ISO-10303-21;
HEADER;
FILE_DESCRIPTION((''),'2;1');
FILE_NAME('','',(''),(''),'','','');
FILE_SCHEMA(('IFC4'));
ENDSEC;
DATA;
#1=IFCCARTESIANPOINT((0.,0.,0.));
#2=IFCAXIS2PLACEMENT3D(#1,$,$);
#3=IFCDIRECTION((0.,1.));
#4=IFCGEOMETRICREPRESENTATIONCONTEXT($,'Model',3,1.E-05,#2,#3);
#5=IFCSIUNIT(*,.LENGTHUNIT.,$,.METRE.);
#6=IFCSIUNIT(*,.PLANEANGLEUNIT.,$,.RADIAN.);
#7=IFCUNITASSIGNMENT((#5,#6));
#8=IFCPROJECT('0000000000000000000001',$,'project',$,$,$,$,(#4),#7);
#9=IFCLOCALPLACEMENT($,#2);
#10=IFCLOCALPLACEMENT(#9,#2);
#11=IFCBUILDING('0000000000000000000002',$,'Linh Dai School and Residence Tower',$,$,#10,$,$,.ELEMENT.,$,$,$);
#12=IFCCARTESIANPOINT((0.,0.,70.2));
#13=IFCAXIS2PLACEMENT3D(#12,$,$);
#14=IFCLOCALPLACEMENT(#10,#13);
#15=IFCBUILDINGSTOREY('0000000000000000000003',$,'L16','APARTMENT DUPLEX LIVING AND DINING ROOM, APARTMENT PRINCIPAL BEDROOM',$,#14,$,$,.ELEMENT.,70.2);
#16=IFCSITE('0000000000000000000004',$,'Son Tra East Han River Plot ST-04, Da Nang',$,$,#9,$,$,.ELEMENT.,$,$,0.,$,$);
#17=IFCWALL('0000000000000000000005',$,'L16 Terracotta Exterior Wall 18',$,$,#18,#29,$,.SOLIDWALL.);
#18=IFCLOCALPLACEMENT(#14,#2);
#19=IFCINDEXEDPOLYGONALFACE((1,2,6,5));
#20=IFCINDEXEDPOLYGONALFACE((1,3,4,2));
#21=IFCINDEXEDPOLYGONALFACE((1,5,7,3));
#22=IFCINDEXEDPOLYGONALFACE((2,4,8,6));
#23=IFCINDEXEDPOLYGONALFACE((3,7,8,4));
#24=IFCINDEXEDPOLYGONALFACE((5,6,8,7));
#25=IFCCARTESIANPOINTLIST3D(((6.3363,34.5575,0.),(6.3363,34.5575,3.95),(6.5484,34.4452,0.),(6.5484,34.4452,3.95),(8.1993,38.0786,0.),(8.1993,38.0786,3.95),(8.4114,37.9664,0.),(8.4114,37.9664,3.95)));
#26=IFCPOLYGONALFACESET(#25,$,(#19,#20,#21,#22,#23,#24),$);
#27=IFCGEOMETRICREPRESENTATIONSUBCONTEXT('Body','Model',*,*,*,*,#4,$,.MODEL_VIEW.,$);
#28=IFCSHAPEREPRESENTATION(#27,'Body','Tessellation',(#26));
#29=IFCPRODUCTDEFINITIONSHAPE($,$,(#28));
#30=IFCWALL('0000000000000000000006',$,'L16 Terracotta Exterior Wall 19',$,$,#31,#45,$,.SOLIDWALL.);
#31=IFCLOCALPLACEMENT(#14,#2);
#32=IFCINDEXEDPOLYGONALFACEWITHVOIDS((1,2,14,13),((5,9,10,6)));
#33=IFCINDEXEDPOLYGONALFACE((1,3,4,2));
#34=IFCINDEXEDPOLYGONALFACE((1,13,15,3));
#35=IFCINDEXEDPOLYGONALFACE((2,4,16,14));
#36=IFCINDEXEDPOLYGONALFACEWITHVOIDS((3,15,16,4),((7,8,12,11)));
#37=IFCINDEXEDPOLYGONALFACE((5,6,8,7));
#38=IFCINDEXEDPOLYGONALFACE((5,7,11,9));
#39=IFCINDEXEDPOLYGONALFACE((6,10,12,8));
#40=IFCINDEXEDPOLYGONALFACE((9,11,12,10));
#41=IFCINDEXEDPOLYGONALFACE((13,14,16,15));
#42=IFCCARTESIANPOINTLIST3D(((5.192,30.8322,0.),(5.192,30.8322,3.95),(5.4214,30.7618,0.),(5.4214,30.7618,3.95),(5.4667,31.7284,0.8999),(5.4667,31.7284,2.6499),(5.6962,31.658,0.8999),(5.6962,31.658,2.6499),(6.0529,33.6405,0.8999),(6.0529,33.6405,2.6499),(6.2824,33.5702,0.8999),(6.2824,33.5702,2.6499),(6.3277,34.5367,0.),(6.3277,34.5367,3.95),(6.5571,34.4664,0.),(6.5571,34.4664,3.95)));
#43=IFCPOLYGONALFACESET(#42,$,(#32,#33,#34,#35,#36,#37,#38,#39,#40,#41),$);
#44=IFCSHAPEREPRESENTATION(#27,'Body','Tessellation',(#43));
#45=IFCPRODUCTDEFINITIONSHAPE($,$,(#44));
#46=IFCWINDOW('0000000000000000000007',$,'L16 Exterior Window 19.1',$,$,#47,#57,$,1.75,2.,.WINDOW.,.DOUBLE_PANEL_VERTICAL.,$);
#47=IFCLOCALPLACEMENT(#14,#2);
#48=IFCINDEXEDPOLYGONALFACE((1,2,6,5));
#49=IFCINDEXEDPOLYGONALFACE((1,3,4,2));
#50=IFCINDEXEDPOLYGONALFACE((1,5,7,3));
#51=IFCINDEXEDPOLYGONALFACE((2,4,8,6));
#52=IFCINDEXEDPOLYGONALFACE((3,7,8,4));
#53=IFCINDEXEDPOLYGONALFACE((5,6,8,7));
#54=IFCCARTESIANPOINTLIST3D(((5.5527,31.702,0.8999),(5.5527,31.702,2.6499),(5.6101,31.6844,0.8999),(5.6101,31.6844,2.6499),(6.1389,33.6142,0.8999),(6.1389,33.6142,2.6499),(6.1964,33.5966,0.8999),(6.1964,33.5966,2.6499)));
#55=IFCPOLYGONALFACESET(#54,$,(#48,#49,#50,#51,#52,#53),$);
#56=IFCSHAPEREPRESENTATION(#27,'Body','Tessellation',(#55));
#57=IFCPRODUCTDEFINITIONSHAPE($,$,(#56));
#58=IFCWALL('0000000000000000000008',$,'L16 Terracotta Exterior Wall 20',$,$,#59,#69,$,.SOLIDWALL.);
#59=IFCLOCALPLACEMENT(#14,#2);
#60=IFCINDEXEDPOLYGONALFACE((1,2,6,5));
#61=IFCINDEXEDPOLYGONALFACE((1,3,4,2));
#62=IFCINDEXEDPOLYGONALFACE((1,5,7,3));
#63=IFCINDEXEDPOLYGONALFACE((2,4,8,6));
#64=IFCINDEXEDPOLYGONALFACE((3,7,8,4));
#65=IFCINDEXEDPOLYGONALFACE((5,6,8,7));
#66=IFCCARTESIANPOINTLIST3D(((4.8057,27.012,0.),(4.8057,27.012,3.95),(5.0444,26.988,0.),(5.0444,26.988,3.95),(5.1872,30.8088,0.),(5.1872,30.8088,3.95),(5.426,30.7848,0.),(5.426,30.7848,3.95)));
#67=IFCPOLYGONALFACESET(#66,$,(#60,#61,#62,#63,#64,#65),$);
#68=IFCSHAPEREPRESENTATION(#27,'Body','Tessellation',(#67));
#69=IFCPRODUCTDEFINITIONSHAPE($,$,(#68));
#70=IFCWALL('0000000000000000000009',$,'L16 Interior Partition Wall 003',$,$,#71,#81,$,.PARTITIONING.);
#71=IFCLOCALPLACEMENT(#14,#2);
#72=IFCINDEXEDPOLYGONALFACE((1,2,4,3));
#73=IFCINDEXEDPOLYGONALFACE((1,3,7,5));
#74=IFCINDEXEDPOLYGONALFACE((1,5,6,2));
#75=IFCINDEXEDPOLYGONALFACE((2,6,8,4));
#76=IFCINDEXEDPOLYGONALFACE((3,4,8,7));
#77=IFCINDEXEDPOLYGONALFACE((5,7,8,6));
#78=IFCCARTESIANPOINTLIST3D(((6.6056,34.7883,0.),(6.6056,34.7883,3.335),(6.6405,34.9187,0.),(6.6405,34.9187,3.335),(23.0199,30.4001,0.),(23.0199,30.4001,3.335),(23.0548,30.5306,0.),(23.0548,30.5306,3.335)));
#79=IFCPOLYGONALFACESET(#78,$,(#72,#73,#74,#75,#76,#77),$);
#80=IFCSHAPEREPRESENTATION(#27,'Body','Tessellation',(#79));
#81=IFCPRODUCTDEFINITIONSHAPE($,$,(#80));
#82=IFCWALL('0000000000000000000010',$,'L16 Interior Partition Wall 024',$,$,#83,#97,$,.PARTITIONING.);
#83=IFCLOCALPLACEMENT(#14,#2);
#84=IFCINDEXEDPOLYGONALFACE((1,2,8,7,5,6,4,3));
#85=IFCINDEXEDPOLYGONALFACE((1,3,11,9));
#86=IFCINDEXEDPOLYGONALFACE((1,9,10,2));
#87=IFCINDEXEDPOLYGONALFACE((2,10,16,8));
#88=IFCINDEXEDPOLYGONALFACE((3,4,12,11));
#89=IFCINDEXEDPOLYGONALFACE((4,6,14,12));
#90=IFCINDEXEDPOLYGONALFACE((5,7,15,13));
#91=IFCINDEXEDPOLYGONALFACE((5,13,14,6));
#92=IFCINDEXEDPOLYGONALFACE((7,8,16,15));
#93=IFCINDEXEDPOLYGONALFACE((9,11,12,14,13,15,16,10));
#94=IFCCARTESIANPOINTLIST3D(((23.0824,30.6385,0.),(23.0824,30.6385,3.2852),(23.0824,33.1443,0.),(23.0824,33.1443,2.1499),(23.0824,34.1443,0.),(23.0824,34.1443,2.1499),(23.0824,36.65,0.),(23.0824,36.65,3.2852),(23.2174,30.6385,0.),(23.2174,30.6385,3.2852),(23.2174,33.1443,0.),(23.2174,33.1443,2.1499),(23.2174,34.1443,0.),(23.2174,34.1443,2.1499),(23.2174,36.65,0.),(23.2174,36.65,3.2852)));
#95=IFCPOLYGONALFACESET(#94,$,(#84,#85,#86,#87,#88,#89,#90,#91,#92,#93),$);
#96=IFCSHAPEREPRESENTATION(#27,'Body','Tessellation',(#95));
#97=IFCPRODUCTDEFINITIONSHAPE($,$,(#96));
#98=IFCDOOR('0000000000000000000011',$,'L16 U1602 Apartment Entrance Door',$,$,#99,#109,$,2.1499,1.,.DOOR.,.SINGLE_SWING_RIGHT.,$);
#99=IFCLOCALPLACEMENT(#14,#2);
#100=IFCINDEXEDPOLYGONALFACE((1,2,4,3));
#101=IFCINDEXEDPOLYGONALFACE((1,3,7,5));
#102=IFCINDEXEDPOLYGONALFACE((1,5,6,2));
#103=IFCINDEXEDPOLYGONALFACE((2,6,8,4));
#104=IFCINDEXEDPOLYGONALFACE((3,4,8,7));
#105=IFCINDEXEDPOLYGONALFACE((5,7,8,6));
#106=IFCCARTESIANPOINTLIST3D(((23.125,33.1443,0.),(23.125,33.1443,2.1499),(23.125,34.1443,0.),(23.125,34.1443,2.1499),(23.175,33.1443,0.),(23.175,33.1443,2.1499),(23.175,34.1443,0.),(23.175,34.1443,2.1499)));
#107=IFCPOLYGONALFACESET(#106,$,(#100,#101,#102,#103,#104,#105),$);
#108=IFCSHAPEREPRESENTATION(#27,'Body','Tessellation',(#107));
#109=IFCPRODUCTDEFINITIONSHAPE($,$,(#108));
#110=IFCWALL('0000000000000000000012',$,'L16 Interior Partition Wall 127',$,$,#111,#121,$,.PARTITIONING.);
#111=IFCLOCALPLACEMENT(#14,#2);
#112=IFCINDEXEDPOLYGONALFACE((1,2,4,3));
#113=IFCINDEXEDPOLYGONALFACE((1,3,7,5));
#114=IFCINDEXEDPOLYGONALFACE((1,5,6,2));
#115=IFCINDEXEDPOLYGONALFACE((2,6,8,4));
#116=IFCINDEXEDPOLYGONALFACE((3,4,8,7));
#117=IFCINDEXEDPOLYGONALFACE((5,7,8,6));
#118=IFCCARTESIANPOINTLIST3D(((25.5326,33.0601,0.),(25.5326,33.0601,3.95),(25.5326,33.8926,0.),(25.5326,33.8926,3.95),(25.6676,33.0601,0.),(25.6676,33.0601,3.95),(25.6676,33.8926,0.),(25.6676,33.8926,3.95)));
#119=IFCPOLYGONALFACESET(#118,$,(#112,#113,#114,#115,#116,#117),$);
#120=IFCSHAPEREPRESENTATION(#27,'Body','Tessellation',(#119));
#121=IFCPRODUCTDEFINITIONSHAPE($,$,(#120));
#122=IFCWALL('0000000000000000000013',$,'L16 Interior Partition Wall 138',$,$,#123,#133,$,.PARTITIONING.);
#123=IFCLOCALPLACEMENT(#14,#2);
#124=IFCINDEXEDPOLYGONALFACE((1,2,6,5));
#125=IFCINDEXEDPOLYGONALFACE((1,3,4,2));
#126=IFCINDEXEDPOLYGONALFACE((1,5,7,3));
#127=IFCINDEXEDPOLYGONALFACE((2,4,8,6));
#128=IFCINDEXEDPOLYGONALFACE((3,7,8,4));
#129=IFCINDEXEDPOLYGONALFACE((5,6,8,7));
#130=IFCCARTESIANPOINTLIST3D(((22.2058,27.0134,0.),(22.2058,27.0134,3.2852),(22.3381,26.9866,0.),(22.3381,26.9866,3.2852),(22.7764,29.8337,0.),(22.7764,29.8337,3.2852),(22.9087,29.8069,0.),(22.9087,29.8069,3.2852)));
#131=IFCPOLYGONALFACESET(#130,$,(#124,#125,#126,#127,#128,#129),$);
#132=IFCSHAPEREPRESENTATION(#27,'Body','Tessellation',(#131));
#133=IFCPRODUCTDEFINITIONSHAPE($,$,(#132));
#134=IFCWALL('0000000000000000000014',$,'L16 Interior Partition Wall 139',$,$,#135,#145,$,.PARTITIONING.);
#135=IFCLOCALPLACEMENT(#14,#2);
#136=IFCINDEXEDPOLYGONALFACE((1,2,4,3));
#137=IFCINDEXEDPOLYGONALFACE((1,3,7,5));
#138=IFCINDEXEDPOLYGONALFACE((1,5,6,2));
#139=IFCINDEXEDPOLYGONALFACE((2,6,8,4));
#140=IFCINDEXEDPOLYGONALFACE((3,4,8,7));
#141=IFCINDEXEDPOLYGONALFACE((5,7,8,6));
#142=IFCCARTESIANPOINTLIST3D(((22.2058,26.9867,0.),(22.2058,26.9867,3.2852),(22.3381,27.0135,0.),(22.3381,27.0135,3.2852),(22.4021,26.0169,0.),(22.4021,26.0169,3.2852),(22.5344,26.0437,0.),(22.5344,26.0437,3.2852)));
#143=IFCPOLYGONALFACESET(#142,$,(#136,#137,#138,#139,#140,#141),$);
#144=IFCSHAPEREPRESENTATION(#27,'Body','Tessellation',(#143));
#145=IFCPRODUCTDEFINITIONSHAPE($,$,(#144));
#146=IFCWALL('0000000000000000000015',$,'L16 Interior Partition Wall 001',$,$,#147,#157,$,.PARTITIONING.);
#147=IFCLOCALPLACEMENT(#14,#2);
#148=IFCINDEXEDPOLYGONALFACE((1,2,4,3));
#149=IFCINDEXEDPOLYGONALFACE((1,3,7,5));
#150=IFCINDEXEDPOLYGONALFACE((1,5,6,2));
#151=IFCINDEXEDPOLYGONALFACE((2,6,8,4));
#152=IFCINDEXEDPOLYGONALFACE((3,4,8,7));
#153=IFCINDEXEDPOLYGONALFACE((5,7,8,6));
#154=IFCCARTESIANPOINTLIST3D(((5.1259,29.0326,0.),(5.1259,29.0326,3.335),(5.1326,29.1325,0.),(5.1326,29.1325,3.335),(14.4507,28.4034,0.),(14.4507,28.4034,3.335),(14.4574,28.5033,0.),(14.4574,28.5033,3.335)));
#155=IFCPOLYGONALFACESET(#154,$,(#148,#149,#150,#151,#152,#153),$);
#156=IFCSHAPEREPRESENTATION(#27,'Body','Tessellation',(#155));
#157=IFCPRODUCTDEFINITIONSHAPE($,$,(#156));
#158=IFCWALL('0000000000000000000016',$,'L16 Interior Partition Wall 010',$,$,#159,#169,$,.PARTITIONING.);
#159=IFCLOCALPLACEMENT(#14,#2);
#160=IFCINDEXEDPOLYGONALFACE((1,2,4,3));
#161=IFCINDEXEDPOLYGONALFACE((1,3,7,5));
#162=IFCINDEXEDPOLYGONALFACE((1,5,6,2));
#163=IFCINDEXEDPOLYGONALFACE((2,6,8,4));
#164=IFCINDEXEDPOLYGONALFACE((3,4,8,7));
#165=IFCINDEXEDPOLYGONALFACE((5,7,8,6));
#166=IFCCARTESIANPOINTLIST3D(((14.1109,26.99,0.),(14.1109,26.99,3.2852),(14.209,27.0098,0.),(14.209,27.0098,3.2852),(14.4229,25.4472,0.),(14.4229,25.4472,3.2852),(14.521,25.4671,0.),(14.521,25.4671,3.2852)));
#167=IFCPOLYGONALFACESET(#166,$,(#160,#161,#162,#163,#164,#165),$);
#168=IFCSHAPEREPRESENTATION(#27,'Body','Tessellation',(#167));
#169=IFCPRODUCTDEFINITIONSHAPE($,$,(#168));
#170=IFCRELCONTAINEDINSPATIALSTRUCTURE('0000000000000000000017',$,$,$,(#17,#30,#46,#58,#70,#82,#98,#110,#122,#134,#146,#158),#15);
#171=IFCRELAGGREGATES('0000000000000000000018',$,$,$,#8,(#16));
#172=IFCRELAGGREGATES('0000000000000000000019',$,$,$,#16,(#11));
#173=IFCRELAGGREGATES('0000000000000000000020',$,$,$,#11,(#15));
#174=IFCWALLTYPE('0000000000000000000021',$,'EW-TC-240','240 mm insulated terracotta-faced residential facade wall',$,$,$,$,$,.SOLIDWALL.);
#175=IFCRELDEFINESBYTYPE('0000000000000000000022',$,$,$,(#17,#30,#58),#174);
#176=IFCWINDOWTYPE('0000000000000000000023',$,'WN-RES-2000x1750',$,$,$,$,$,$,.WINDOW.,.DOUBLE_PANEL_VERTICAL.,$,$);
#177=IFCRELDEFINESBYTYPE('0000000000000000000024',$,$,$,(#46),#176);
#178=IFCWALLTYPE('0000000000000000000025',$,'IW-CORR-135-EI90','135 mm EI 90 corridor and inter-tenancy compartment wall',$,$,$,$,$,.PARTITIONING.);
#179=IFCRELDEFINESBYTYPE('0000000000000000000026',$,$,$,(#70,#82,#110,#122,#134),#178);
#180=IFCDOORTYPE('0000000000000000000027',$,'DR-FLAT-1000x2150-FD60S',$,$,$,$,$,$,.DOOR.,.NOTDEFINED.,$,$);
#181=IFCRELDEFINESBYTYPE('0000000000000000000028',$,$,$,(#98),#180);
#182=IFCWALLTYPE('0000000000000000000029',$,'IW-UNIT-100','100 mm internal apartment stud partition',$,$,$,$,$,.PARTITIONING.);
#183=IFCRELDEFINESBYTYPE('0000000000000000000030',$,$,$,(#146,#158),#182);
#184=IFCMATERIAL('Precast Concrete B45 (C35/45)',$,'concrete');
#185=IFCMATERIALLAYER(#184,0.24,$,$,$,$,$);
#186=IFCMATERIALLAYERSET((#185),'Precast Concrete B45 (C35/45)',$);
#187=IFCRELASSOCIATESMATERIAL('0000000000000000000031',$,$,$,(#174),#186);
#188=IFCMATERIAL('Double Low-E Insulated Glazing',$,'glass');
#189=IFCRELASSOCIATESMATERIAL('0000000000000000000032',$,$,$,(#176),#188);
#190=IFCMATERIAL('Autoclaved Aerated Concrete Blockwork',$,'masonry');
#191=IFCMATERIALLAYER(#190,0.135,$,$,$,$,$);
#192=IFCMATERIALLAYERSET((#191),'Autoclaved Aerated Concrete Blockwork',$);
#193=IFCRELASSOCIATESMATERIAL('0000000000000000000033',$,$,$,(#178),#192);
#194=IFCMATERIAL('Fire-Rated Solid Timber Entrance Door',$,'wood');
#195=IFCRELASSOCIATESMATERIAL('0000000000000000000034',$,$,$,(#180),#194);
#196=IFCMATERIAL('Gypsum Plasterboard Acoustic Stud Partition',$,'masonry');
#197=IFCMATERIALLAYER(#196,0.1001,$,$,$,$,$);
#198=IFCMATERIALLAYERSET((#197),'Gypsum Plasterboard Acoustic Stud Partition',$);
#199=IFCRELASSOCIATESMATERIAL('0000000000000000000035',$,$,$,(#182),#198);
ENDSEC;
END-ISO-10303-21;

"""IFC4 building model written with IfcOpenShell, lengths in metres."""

from ifc_helpers import new_model, si_unit, direction, frame, frame_2d, origin, origin_2d, place, context, subcontext, project, spatial, rectangle, extrude, source, transform, mapped, material, layer, layer_set, type_object, element, fill, save


model = new_model("IFC4")

# Units and contexts
model_context = context("Model", 3, precision=1e-05, world=origin(), true_north=direction((0.0, 1.0)))
body_context = subcontext(model_context, "Body", "Model", "MODEL_VIEW")
ifc_project = project(units=[si_unit("LENGTHUNIT", "METRE"), si_unit("PLANEANGLEUNIT", "RADIAN")], contexts=[model_context])

# Site, building, storey
site_placement = place(None, origin())
site = spatial("IfcSite", under=ifc_project, at=site_placement, Name="Son Tra East Han River Plot ST-04, Da Nang", CompositionType="ELEMENT", RefElevation=0.0)
building_placement = place(site_placement, origin())
building = spatial("IfcBuilding", under=site, at=building_placement, Name="Linh Dai School and Residence Tower", CompositionType="ELEMENT")
storey_placement = place(building_placement, frame((0.0, 0.0, 70.2)))
storey = spatial("IfcBuildingStorey", under=building, at=storey_placement, Name="L16", Description="APARTMENT DUPLEX LIVING AND DINING ROOM, APARTMENT PRINCIPAL BEDROOM", CompositionType="ELEMENT", Elevation=70.2)

# Shared definitions
ifc_material_1 = material(Name="Precast Concrete B45 (C35/45)", Category="concrete")

# Wall
ifc_layer_1 = layer(ifc_material_1, 0.24)
ifc_layer_set_1 = layer_set([ifc_layer_1], Name="Precast Concrete B45 (C35/45)")
wall_type_1 = type_object("IfcWallType", Name="EW-TC-240", Description="240 mm insulated terracotta-faced residential facade wall", PredefinedType="SOLIDWALL", material=ifc_layer_set_1)
wall_1_placement = place(storey_placement, frame((6.4424, 34.5015, 0.0), z_axis=(0.0, 0.0, 1.0), x_axis=(0.467662, 0.883907, 0.0)))
element("IfcWall", 1, at=wall_1_placement, inside=storey, type_object=wall_type_1, Name="L16 Terracotta Exterior Wall 18", PredefinedType="SOLIDWALL", context=body_context, shape_type="SweptSolid", body=[
    extrude(rectangle(XDim=3.9836, YDim=0.24, at=frame_2d((1.9917, 0.0))), origin(), (0.0, 0.0, 1.0), 3.95),
])

# Wall, opening, window
wall_2_placement = place(storey_placement, frame((5.3066, 30.7969, 0.0), z_axis=(0.0, 0.0, 1.0), x_axis=(0.293112, 0.956078, 0.0)))
wall_2 = element("IfcWall", 2, at=wall_2_placement, inside=storey, type_object=wall_type_1, Name="L16 Terracotta Exterior Wall 19", PredefinedType="SOLIDWALL", context=body_context, shape_type="SweptSolid", body=[
    extrude(rectangle(XDim=3.8748, YDim=0.24, at=frame_2d((1.9375, 0.0))), origin(), (0.0, 0.0, 1.0), 3.95),
])
opening_1_placement = place(wall_2_placement, frame((0.9375, 0.0, 0.8999)))
opening_1 = element("IfcOpeningElement", 3, at=opening_1_placement, cuts=wall_2, PredefinedType="OPENING", context=body_context, shape_type="SweptSolid", body=[
    extrude(rectangle(XDim=2.0, YDim=1.75, at=origin_2d()), frame((1.0, 0.1299, 0.875), z_axis=(0.0, -1.0, 0.0), x_axis=(1.0, 0.0, 0.0)), (0.0, 0.0, 1.0), 0.26),
])
ifc_material_2 = material(Name="Double Low-E Insulated Glazing", Category="glass")
window_type = type_object("IfcWindowType", Name="WN-RES-2000x1750", PartitioningType="DOUBLE_PANEL_VERTICAL", PredefinedType="WINDOW", material=ifc_material_2)
shared_shape_1 = source(origin(), body_context, "Body", "SweptSolid", [
    extrude(rectangle(XDim=2.0, YDim=1.75, at=origin_2d()), frame((1.0, 0.03, 0.875), z_axis=(0.0, -1.0, 0.0), x_axis=(1.0, 0.0, 0.0)), (0.0, 0.0, 1.0), 0.0601),
])
window_placement = place(opening_1_placement, origin())
window = element("IfcWindow", 4, at=window_placement, inside=storey, type_object=window_type, Name="L16 Exterior Window 19.1", OverallHeight=1.75, OverallWidth=2.0, PartitioningType="DOUBLE_PANEL_VERTICAL", PredefinedType="WINDOW", context=body_context, shape_type="MappedRepresentation", body=[
    mapped(shared_shape_1, transform((0.0, 0.0, 0.0), x_axis=(1.0, 0.0, 0.0), y_axis=(0.0, 1.0, 0.0), z_axis=(0.0, 0.0, 1.0), scale=1.0)),
])
fill(opening_1, window)

# Walls
wall_3_placement = place(storey_placement, frame((4.925, 27.0, 0.0), z_axis=(0.0, 0.0, 1.0), x_axis=(0.099998, 0.994988, 0.0)))
element("IfcWall", 5, at=wall_3_placement, inside=storey, type_object=wall_type_1, Name="L16 Terracotta Exterior Wall 20", PredefinedType="SOLIDWALL", context=body_context, shape_type="SweptSolid", body=[
    extrude(rectangle(XDim=3.8159, YDim=0.24, at=frame_2d((1.908, 0.0))), origin(), (0.0, 0.0, 1.0), 3.95),
])
ifc_material_3 = material(Name="Autoclaved Aerated Concrete Blockwork", Category="masonry")
ifc_layer_2 = layer(ifc_material_3, 0.135)
ifc_layer_set_2 = layer_set([ifc_layer_2], Name="Autoclaved Aerated Concrete Blockwork")
wall_type_2 = type_object("IfcWallType", Name="IW-CORR-135-EI90", Description="135 mm EI 90 corridor and inter-tenancy compartment wall", PredefinedType="PARTITIONING", material=ifc_layer_set_2)
wall_4_placement = place(storey_placement, frame((6.623, 34.8535, 0.0), z_axis=(0.0, 0.0, 1.0), x_axis=(0.966073, -0.258269, 0.0)))
element("IfcWall", 6, at=wall_4_placement, inside=storey, type_object=wall_type_2, Name="L16 Interior Partition Wall 003", PredefinedType="PARTITIONING", context=body_context, shape_type="SweptSolid", body=[
    extrude(rectangle(XDim=16.9907, YDim=0.135, at=frame_2d((8.4954, 0.0))), origin(), (0.0, 0.0, 1.0), 3.335),
])

# Wall, opening, door
wall_5_placement = place(storey_placement, frame((23.1499, 30.6384, 0.0), z_axis=(0.0, 0.0, 1.0), x_axis=(0.0, 1.0, 0.0)))
wall_5 = element("IfcWall", 7, at=wall_5_placement, inside=storey, type_object=wall_type_2, Name="L16 Interior Partition Wall 024", PredefinedType="PARTITIONING", context=body_context, shape_type="SweptSolid", body=[
    extrude(rectangle(XDim=6.0115, YDim=0.135, at=frame_2d((3.0059, 0.0))), origin(), (0.0, 0.0, 1.0), 3.2852),
])
opening_2_placement = place(wall_5_placement, frame((2.5059, 0.0, 0.0)))
opening_2 = element("IfcOpeningElement", 8, at=opening_2_placement, cuts=wall_5, PredefinedType="OPENING", context=body_context, shape_type="SweptSolid", body=[
    extrude(rectangle(XDim=1.0, YDim=2.1499, at=origin_2d()), frame((0.5, 0.0776, 1.075), z_axis=(0.0, -1.0, 0.0), x_axis=(1.0, 0.0, 0.0)), (0.0, 0.0, 1.0), 0.155),
])
ifc_material_4 = material(Name="Fire-Rated Solid Timber Entrance Door", Category="wood")
door_type_1 = type_object("IfcDoorType", Name="DR-FLAT-1000x2150-FD60S", OperationType="NOTDEFINED", PredefinedType="DOOR", material=ifc_material_4)
shared_shape_2 = source(origin(), body_context, "Body", "SweptSolid", [
    extrude(rectangle(XDim=1.0, YDim=2.1499, at=origin_2d()), frame((0.5, 0.0249, 1.075), z_axis=(0.0, -1.0, 0.0), x_axis=(1.0, 0.0, 0.0)), (0.0, 0.0, 1.0), 0.05),
])
door_1_placement = place(opening_2_placement, origin())
door_1 = element("IfcDoor", 9, at=door_1_placement, inside=storey, type_object=door_type_1, Name="L16 U1602 Apartment Entrance Door", OperationType="SINGLE_SWING_RIGHT", OverallHeight=2.1499, OverallWidth=1.0, PredefinedType="DOOR", context=body_context, shape_type="MappedRepresentation", body=[
    mapped(shared_shape_2, transform((0.0, 0.0, 0.0), x_axis=(1.0, 0.0, 0.0), y_axis=(0.0, 1.0, 0.0), z_axis=(0.0, 0.0, 1.0), scale=1.0)),
])
fill(opening_2, door_1)

# Walls
wall_6_placement = place(storey_placement, frame((25.6001, 33.8926, 0.0), z_axis=(0.0, 0.0, 1.0), x_axis=(0.0, -1.0, 0.0)))
element("IfcWall", 10, at=wall_6_placement, inside=storey, type_object=wall_type_2, Name="L16 Interior Partition Wall 127", PredefinedType="PARTITIONING", context=body_context, shape_type="SweptSolid", body=[
    extrude(rectangle(XDim=0.8325, YDim=0.135, at=frame_2d((0.4163, 0.0))), origin(), (0.0, 0.0, 1.0), 3.95),
])
wall_7_placement = place(storey_placement, frame((22.8425, 29.8203, 0.0), z_axis=(0.0, 0.0, 1.0), x_axis=(-0.198286, -0.980144, 0.0)))
element("IfcWall", 11, at=wall_7_placement, inside=storey, type_object=wall_type_2, Name="L16 Interior Partition Wall 138", PredefinedType="PARTITIONING", context=body_context, shape_type="SweptSolid", body=[
    extrude(rectangle(XDim=2.8774, YDim=0.135, at=frame_2d((1.4387, 0.0))), origin(), (0.0, 0.0, 1.0), 3.2852),
])
wall_8_placement = place(storey_placement, frame((22.272, 27.0, 0.0), z_axis=(0.0, 0.0, 1.0), x_axis=(0.198393, -0.980122, 0.0)))
element("IfcWall", 12, at=wall_8_placement, inside=storey, type_object=wall_type_2, Name="L16 Interior Partition Wall 139", PredefinedType="PARTITIONING", context=body_context, shape_type="SweptSolid", body=[
    extrude(rectangle(XDim=0.9895, YDim=0.135, at=frame_2d((0.4946, 0.0))), origin(), (0.0, 0.0, 1.0), 3.2852),
])
ifc_material_5 = material(Name="Gypsum Plasterboard Acoustic Stud Partition", Category="masonry")
ifc_layer_3 = layer(ifc_material_5, 0.1001)
ifc_layer_set_3 = layer_set([ifc_layer_3], Name="Gypsum Plasterboard Acoustic Stud Partition")
wall_type_3 = type_object("IfcWallType", Name="IW-UNIT-100", Description="100 mm internal apartment stud partition", PredefinedType="PARTITIONING", material=ifc_layer_set_3)
wall_9_placement = place(storey_placement, frame((5.1294, 29.0825, 0.0), z_axis=(0.0, 0.0, 1.0), x_axis=(0.997732, -0.067318, 0.0)))
element("IfcWall", 13, at=wall_9_placement, inside=storey, type_object=wall_type_3, Name="L16 Interior Partition Wall 001", PredefinedType="PARTITIONING", context=body_context, shape_type="SweptSolid", body=[
    extrude(rectangle(XDim=9.3459, YDim=0.1001, at=frame_2d((4.6729, 0.0))), origin(), (0.0, 0.0, 1.0), 3.335),
])
wall_10_placement = place(storey_placement, frame((14.1599, 27.0, 0.0), z_axis=(0.0, 0.0, 1.0), x_axis=(0.198234, -0.980155, 0.0)))
element("IfcWall", 14, at=wall_10_placement, inside=storey, type_object=wall_type_3, Name="L16 Interior Partition Wall 010", PredefinedType="PARTITIONING", context=body_context, shape_type="SweptSolid", body=[
    extrude(rectangle(XDim=1.574, YDim=0.1001, at=frame_2d((0.7871, 0.0))), origin(), (0.0, 0.0, 1.0), 3.2852),
])

save(model, "model.ifc")
